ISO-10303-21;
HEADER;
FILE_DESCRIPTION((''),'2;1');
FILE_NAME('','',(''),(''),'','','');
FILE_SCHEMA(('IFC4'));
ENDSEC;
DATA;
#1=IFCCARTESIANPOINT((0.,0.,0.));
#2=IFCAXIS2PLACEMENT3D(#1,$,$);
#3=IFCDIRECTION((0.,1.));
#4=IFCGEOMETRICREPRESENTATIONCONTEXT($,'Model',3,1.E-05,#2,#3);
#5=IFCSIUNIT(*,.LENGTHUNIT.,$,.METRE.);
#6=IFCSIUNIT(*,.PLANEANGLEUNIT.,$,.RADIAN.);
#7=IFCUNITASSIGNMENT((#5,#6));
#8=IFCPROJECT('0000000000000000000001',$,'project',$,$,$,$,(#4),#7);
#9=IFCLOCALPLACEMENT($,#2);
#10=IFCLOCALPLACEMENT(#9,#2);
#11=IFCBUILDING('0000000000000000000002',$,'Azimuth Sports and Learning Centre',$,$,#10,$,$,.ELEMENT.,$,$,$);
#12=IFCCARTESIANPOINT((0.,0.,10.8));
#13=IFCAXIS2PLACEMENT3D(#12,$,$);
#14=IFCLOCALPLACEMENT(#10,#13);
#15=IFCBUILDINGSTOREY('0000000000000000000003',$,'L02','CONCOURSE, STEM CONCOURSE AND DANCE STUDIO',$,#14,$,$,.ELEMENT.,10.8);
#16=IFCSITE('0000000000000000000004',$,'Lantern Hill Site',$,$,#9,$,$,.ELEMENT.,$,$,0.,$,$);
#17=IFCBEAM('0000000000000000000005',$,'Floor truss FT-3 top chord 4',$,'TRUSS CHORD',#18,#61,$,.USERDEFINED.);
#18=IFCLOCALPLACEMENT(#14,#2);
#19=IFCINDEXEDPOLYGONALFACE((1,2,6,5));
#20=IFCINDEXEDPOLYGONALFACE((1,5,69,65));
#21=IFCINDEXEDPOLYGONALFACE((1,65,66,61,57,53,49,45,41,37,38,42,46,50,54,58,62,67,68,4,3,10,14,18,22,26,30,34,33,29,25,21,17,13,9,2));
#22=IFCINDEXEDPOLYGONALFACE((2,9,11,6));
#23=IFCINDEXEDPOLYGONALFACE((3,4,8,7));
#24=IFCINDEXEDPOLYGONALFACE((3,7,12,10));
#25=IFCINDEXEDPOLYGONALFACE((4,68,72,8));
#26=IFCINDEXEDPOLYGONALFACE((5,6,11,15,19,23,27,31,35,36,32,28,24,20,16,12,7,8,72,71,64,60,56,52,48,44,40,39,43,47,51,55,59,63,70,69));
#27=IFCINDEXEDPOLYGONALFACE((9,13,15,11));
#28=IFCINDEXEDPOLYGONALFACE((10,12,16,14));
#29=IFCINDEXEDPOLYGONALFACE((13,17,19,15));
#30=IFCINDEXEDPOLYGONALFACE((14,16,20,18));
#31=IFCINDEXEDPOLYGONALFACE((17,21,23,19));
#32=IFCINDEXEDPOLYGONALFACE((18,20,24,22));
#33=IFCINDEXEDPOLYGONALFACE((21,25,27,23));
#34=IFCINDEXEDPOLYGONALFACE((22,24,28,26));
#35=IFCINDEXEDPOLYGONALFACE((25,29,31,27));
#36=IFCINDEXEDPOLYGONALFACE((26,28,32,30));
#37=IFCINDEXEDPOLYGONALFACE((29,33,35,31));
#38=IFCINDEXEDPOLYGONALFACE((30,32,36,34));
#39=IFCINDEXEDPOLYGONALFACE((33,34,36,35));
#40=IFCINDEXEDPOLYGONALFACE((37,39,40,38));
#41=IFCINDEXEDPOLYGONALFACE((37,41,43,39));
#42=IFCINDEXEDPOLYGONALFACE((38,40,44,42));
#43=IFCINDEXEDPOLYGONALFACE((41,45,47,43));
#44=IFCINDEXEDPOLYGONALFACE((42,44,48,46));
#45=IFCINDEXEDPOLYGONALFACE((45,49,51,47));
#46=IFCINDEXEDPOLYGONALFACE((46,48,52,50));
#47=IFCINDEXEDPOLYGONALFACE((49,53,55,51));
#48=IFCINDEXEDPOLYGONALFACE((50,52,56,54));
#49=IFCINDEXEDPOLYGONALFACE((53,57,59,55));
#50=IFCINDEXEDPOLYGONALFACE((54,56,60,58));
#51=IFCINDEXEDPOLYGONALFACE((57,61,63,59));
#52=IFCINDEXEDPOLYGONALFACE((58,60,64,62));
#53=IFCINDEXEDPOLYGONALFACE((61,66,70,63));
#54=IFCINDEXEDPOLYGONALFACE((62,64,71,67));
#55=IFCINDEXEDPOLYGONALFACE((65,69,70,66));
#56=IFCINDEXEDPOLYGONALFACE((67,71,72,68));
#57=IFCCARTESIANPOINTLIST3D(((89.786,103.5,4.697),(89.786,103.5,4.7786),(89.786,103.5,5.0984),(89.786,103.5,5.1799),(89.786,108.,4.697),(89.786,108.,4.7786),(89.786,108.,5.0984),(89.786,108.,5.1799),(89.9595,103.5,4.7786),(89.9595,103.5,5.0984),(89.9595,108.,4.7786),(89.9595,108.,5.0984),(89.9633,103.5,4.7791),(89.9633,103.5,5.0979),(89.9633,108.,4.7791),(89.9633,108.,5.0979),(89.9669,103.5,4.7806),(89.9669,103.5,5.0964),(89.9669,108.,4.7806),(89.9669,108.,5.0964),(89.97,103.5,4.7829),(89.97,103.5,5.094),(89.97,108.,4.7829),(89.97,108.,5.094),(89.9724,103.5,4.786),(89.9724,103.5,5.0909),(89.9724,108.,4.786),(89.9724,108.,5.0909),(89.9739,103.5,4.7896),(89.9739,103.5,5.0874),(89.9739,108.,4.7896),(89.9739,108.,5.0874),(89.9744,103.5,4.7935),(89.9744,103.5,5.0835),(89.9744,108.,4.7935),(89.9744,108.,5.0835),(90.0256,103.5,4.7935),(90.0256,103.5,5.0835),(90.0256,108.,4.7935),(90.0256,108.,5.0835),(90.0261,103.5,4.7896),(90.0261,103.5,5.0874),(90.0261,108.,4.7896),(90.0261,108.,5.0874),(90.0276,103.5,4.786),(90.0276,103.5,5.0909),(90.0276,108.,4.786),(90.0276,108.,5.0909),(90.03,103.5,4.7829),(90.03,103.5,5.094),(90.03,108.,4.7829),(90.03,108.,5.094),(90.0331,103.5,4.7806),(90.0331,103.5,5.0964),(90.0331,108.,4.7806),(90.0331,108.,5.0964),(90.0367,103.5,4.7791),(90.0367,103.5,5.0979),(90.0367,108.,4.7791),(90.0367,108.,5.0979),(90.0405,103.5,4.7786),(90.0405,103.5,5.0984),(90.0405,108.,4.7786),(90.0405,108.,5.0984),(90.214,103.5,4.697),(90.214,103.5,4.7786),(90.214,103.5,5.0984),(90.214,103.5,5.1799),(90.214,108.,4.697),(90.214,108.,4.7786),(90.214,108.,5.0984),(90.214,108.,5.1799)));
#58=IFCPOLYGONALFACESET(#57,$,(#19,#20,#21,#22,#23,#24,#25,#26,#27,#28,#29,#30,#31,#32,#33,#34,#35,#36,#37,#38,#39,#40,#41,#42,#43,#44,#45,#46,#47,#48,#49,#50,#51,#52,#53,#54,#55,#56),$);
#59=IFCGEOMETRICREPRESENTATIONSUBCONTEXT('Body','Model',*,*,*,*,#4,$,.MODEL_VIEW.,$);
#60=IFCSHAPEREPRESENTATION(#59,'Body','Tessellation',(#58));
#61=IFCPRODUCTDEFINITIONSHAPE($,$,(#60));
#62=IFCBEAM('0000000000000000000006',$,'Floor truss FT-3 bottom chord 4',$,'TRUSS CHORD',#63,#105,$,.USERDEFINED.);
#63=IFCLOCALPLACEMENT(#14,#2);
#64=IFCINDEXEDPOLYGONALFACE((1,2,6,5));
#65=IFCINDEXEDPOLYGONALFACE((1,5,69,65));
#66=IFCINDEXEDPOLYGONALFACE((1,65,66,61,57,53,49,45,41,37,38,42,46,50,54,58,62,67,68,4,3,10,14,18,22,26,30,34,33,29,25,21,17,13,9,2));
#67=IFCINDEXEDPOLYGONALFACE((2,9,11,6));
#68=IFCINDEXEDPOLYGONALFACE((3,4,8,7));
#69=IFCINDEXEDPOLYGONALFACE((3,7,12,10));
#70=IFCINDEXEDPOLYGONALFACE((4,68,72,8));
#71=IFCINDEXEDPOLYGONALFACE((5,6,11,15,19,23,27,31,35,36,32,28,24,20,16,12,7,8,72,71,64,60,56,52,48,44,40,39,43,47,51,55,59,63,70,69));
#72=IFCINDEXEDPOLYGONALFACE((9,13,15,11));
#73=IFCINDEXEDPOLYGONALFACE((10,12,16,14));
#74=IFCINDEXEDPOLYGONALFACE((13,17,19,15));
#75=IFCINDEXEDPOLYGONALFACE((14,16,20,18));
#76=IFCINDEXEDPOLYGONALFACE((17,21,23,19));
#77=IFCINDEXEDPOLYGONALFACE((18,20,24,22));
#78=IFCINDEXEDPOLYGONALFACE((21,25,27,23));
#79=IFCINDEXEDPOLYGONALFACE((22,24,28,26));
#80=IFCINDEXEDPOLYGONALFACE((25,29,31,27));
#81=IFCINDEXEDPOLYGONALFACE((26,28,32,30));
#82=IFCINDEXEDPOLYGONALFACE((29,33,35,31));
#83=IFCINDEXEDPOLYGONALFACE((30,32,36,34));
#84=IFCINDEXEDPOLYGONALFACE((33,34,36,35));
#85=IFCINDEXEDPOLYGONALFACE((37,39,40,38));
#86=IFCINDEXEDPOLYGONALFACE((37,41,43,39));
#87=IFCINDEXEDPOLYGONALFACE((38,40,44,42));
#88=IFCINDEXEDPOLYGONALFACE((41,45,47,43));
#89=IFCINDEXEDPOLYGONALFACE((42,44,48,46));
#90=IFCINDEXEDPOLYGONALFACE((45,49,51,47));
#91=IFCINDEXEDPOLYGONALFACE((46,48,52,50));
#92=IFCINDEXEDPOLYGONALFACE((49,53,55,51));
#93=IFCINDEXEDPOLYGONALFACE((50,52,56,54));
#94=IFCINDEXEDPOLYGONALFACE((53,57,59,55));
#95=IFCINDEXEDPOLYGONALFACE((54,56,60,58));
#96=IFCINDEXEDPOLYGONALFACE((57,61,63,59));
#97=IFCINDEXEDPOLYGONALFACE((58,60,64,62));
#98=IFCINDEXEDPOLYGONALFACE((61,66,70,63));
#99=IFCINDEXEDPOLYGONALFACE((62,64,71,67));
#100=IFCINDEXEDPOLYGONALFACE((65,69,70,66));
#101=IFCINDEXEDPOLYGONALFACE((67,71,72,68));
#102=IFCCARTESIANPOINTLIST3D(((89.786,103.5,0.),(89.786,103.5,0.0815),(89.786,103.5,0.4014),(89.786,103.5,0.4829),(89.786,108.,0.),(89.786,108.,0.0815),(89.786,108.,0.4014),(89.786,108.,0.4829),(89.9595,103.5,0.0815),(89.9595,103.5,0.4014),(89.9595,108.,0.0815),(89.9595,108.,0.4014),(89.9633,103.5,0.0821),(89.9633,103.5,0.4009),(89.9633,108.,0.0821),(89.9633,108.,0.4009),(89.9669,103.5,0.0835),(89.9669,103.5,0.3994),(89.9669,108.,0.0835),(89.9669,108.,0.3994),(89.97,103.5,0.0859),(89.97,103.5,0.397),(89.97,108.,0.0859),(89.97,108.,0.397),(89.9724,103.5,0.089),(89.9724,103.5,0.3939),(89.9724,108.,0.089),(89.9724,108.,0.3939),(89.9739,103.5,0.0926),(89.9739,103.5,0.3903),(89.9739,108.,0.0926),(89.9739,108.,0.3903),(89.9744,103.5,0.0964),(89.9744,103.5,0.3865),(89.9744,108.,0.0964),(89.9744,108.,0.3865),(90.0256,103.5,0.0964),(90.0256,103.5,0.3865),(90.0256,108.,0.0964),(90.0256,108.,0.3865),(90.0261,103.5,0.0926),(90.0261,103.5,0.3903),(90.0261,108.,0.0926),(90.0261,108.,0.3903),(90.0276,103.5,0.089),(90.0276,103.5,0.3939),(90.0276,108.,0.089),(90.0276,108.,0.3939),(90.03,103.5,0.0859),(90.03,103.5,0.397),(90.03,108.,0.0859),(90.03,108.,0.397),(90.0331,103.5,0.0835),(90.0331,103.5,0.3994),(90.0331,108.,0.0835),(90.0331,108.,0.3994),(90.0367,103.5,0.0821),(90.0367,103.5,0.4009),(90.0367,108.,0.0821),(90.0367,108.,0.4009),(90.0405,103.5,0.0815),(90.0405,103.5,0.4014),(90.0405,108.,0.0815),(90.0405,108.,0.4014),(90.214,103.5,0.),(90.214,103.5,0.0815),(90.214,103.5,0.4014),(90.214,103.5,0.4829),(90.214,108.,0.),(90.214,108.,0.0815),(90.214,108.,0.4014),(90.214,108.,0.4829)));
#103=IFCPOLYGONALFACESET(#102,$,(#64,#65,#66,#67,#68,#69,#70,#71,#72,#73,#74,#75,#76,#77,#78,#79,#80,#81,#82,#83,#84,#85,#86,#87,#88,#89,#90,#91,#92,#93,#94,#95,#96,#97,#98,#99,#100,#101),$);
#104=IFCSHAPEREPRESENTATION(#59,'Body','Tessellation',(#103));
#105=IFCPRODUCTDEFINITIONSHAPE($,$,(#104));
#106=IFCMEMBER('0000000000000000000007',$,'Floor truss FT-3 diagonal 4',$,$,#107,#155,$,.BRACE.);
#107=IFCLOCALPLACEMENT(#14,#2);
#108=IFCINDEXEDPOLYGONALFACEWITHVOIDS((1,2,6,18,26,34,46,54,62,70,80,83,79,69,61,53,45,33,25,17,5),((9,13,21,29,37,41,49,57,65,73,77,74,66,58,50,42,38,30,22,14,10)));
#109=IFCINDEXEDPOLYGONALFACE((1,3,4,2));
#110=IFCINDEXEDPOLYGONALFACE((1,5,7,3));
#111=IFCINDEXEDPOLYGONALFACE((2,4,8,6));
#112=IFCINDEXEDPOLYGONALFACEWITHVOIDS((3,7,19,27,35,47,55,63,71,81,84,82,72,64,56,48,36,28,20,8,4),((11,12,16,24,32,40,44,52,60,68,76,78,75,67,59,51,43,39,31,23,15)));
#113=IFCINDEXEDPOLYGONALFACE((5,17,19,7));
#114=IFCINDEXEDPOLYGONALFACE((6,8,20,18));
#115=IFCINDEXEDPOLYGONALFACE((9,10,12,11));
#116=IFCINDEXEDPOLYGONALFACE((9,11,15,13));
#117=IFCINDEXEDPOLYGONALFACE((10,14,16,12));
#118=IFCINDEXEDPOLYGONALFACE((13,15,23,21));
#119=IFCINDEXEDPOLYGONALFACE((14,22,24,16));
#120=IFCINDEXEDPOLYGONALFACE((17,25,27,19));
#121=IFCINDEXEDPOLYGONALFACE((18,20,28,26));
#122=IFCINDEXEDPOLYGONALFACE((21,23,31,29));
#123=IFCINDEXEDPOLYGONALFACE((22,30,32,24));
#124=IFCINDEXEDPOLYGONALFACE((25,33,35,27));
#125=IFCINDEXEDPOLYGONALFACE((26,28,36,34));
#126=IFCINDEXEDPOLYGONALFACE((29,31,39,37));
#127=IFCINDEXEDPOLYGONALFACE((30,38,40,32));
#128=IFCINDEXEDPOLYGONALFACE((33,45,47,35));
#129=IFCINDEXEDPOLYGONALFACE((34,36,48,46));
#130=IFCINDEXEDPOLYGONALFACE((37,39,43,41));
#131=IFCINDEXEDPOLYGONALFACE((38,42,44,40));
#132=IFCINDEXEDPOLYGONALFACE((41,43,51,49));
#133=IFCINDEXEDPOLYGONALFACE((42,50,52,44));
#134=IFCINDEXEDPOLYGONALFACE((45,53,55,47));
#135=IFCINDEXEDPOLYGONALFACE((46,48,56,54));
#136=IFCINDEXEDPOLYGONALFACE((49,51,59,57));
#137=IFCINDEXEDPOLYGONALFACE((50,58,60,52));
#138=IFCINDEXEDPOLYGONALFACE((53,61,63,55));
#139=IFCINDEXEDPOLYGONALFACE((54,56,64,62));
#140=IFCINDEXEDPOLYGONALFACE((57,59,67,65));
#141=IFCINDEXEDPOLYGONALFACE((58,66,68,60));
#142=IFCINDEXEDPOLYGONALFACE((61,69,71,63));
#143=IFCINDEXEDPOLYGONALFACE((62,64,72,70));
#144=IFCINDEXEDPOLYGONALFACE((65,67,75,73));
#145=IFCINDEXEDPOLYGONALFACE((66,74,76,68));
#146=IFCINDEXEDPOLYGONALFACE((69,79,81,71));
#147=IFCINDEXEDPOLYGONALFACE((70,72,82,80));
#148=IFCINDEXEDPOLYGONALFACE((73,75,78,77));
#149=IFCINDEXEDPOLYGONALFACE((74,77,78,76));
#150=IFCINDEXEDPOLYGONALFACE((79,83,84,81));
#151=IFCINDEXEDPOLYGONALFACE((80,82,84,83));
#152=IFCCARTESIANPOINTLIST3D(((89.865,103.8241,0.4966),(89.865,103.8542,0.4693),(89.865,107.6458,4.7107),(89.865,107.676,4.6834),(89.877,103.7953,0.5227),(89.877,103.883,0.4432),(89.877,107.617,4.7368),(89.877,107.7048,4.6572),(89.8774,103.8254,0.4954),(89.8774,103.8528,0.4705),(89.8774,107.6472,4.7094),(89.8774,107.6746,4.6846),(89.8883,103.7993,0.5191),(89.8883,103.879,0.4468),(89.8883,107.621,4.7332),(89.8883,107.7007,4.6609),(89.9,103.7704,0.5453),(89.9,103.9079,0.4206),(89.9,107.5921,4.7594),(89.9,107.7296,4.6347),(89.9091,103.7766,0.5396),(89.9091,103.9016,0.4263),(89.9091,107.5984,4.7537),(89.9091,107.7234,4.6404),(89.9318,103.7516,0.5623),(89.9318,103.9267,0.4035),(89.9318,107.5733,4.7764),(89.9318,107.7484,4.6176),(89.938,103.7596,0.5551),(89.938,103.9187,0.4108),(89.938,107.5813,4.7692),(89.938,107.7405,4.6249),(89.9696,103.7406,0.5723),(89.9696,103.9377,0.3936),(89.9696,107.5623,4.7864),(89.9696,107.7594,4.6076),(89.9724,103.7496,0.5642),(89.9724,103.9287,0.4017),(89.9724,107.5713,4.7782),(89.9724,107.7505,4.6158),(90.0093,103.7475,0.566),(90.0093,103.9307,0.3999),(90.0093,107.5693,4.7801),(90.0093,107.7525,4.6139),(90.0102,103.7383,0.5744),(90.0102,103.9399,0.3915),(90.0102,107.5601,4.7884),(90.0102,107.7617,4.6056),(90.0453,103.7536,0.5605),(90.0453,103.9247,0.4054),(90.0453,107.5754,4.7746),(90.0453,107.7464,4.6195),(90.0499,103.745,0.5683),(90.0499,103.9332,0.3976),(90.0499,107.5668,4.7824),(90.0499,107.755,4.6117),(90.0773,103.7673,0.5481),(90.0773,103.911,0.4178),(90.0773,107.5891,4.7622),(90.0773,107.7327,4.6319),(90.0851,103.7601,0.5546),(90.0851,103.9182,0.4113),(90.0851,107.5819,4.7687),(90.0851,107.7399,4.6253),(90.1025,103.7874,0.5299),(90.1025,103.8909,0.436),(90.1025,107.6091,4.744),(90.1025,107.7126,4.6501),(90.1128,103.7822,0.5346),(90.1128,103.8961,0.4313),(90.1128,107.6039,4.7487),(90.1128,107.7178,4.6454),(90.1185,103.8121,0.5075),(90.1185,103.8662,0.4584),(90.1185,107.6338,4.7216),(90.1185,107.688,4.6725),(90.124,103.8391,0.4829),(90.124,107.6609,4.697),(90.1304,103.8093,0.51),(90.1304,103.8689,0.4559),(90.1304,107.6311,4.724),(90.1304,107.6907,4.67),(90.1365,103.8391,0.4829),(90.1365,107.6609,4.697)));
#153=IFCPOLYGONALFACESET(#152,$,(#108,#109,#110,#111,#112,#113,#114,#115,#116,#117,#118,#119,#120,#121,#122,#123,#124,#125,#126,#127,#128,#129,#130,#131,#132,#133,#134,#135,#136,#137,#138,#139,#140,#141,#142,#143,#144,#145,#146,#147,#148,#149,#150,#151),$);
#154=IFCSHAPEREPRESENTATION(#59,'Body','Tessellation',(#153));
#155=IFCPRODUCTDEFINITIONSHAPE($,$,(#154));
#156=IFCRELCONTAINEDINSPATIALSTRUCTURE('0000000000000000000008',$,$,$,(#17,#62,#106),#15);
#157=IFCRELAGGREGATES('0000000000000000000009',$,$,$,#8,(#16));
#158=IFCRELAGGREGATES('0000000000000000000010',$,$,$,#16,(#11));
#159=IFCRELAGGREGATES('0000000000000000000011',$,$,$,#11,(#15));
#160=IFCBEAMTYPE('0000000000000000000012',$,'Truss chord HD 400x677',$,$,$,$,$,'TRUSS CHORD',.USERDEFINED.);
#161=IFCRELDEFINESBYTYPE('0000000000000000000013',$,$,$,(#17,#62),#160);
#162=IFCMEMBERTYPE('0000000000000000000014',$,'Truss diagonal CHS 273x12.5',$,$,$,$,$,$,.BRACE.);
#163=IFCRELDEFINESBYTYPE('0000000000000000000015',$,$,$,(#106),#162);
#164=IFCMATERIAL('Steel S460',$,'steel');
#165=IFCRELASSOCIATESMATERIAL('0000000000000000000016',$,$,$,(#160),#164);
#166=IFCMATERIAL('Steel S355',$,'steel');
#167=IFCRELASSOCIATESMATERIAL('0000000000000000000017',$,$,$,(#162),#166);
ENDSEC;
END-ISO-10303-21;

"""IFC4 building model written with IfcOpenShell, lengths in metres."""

from ifc_helpers import new_model, si_unit, direction, frame, origin, origin_2d, place, context, subcontext, project, spatial, hollow_circle, i_section, extrude, material, material_profile, profile_set, type_object, element, save


model = new_model("IFC4")

# Units and contexts
model_context = context("Model", 3, precision=1e-05, world=origin(), true_north=direction((0.0, 1.0)))
body_context = subcontext(model_context, "Body", "Model", "MODEL_VIEW")
ifc_project = project(units=[si_unit("LENGTHUNIT", "METRE"), si_unit("PLANEANGLEUNIT", "RADIAN")], contexts=[model_context])

# Site, building, storey
site_placement = place(None, origin())
site = spatial("IfcSite", under=ifc_project, at=site_placement, Name="Lantern Hill Site", CompositionType="ELEMENT", RefElevation=0.0)
building_placement = place(site_placement, origin())
building = spatial("IfcBuilding", under=site, at=building_placement, Name="Azimuth Sports and Learning Centre", CompositionType="ELEMENT")
storey_placement = place(building_placement, frame((0.0, 0.0, 10.8)))
storey = spatial("IfcBuildingStorey", under=building, at=storey_placement, Name="L02", Description="CONCOURSE, STEM CONCOURSE AND DANCE STUDIO", CompositionType="ELEMENT", Elevation=10.8)

# Beams
ifc_material_1 = material(Name="Steel S460", Category="steel")
ifc_material_profile_1 = material_profile(ifc_material_1, i_section(OverallWidth=0.428, OverallDepth=0.4829, WebThickness=0.0513, FlangeThickness=0.0815, FilletRadius=0.0149, at=origin_2d()), Name="HD 400x677")
ifc_profile_set_1 = profile_set([ifc_material_profile_1], Name="Steel S460")
beam_type_1 = type_object("IfcBeamType", Name="Truss chord HD 400x677", ElementType="TRUSS CHORD", PredefinedType="USERDEFINED", material=ifc_profile_set_1)
for number, where, z_axis, x_axis, name in (
    (1, (90.0, 103.5, 4.9385), (0.0, 1.0, 0.0), (-1.0, 0.0, 0.0), "Floor truss FT-3 top chord 4"),
    (2, (90.0, 103.5, 0.2415), (0.0, 1.0, 0.0), (-1.0, 0.0, 0.0), "Floor truss FT-3 bottom chord 4"),
):
    element("IfcBeam", number, at=place(storey_placement, frame(where, z_axis=z_axis, x_axis=x_axis)), inside=storey, type_object=beam_type_1, Name=name, ObjectType="TRUSS CHORD", PredefinedType="USERDEFINED", context=body_context, shape_type="SweptSolid", body=[
        extrude(i_section(OverallWidth=0.428, OverallDepth=0.4829, WebThickness=0.0513, FlangeThickness=0.0815, FilletRadius=0.0149, at=origin_2d()), origin(), (0.0, 0.0, 1.0), 4.5),
    ])

# Member
ifc_material_2 = material(Name="Steel S355", Category="steel")
ifc_material_profile_2 = material_profile(ifc_material_2, hollow_circle(Radius=0.1365, WallThickness=0.0125, at=origin_2d()), Name="CHS 273x12.5")
ifc_profile_set_2 = profile_set([ifc_material_profile_2], Name="Steel S355")
member_type_1 = type_object("IfcMemberType", Name="Truss diagonal CHS 273x12.5", PredefinedType="BRACE", material=ifc_profile_set_2)
member_1_placement = place(storey_placement, frame((90.0, 107.6609, 4.697), z_axis=(0.0, -0.671784, -0.740747), x_axis=(1.0, 0.0, 0.0)))
element("IfcMember", 3, at=member_1_placement, inside=storey, type_object=member_type_1, Name="Floor truss FT-3 diagonal 4", PredefinedType="BRACE", context=body_context, shape_type="SweptSolid", body=[
    extrude(hollow_circle(Radius=0.1365, WallThickness=0.0125, at=origin_2d()), origin(), (0.0, 0.0, 1.0), 5.689),
])

save(model, "model.ifc")
